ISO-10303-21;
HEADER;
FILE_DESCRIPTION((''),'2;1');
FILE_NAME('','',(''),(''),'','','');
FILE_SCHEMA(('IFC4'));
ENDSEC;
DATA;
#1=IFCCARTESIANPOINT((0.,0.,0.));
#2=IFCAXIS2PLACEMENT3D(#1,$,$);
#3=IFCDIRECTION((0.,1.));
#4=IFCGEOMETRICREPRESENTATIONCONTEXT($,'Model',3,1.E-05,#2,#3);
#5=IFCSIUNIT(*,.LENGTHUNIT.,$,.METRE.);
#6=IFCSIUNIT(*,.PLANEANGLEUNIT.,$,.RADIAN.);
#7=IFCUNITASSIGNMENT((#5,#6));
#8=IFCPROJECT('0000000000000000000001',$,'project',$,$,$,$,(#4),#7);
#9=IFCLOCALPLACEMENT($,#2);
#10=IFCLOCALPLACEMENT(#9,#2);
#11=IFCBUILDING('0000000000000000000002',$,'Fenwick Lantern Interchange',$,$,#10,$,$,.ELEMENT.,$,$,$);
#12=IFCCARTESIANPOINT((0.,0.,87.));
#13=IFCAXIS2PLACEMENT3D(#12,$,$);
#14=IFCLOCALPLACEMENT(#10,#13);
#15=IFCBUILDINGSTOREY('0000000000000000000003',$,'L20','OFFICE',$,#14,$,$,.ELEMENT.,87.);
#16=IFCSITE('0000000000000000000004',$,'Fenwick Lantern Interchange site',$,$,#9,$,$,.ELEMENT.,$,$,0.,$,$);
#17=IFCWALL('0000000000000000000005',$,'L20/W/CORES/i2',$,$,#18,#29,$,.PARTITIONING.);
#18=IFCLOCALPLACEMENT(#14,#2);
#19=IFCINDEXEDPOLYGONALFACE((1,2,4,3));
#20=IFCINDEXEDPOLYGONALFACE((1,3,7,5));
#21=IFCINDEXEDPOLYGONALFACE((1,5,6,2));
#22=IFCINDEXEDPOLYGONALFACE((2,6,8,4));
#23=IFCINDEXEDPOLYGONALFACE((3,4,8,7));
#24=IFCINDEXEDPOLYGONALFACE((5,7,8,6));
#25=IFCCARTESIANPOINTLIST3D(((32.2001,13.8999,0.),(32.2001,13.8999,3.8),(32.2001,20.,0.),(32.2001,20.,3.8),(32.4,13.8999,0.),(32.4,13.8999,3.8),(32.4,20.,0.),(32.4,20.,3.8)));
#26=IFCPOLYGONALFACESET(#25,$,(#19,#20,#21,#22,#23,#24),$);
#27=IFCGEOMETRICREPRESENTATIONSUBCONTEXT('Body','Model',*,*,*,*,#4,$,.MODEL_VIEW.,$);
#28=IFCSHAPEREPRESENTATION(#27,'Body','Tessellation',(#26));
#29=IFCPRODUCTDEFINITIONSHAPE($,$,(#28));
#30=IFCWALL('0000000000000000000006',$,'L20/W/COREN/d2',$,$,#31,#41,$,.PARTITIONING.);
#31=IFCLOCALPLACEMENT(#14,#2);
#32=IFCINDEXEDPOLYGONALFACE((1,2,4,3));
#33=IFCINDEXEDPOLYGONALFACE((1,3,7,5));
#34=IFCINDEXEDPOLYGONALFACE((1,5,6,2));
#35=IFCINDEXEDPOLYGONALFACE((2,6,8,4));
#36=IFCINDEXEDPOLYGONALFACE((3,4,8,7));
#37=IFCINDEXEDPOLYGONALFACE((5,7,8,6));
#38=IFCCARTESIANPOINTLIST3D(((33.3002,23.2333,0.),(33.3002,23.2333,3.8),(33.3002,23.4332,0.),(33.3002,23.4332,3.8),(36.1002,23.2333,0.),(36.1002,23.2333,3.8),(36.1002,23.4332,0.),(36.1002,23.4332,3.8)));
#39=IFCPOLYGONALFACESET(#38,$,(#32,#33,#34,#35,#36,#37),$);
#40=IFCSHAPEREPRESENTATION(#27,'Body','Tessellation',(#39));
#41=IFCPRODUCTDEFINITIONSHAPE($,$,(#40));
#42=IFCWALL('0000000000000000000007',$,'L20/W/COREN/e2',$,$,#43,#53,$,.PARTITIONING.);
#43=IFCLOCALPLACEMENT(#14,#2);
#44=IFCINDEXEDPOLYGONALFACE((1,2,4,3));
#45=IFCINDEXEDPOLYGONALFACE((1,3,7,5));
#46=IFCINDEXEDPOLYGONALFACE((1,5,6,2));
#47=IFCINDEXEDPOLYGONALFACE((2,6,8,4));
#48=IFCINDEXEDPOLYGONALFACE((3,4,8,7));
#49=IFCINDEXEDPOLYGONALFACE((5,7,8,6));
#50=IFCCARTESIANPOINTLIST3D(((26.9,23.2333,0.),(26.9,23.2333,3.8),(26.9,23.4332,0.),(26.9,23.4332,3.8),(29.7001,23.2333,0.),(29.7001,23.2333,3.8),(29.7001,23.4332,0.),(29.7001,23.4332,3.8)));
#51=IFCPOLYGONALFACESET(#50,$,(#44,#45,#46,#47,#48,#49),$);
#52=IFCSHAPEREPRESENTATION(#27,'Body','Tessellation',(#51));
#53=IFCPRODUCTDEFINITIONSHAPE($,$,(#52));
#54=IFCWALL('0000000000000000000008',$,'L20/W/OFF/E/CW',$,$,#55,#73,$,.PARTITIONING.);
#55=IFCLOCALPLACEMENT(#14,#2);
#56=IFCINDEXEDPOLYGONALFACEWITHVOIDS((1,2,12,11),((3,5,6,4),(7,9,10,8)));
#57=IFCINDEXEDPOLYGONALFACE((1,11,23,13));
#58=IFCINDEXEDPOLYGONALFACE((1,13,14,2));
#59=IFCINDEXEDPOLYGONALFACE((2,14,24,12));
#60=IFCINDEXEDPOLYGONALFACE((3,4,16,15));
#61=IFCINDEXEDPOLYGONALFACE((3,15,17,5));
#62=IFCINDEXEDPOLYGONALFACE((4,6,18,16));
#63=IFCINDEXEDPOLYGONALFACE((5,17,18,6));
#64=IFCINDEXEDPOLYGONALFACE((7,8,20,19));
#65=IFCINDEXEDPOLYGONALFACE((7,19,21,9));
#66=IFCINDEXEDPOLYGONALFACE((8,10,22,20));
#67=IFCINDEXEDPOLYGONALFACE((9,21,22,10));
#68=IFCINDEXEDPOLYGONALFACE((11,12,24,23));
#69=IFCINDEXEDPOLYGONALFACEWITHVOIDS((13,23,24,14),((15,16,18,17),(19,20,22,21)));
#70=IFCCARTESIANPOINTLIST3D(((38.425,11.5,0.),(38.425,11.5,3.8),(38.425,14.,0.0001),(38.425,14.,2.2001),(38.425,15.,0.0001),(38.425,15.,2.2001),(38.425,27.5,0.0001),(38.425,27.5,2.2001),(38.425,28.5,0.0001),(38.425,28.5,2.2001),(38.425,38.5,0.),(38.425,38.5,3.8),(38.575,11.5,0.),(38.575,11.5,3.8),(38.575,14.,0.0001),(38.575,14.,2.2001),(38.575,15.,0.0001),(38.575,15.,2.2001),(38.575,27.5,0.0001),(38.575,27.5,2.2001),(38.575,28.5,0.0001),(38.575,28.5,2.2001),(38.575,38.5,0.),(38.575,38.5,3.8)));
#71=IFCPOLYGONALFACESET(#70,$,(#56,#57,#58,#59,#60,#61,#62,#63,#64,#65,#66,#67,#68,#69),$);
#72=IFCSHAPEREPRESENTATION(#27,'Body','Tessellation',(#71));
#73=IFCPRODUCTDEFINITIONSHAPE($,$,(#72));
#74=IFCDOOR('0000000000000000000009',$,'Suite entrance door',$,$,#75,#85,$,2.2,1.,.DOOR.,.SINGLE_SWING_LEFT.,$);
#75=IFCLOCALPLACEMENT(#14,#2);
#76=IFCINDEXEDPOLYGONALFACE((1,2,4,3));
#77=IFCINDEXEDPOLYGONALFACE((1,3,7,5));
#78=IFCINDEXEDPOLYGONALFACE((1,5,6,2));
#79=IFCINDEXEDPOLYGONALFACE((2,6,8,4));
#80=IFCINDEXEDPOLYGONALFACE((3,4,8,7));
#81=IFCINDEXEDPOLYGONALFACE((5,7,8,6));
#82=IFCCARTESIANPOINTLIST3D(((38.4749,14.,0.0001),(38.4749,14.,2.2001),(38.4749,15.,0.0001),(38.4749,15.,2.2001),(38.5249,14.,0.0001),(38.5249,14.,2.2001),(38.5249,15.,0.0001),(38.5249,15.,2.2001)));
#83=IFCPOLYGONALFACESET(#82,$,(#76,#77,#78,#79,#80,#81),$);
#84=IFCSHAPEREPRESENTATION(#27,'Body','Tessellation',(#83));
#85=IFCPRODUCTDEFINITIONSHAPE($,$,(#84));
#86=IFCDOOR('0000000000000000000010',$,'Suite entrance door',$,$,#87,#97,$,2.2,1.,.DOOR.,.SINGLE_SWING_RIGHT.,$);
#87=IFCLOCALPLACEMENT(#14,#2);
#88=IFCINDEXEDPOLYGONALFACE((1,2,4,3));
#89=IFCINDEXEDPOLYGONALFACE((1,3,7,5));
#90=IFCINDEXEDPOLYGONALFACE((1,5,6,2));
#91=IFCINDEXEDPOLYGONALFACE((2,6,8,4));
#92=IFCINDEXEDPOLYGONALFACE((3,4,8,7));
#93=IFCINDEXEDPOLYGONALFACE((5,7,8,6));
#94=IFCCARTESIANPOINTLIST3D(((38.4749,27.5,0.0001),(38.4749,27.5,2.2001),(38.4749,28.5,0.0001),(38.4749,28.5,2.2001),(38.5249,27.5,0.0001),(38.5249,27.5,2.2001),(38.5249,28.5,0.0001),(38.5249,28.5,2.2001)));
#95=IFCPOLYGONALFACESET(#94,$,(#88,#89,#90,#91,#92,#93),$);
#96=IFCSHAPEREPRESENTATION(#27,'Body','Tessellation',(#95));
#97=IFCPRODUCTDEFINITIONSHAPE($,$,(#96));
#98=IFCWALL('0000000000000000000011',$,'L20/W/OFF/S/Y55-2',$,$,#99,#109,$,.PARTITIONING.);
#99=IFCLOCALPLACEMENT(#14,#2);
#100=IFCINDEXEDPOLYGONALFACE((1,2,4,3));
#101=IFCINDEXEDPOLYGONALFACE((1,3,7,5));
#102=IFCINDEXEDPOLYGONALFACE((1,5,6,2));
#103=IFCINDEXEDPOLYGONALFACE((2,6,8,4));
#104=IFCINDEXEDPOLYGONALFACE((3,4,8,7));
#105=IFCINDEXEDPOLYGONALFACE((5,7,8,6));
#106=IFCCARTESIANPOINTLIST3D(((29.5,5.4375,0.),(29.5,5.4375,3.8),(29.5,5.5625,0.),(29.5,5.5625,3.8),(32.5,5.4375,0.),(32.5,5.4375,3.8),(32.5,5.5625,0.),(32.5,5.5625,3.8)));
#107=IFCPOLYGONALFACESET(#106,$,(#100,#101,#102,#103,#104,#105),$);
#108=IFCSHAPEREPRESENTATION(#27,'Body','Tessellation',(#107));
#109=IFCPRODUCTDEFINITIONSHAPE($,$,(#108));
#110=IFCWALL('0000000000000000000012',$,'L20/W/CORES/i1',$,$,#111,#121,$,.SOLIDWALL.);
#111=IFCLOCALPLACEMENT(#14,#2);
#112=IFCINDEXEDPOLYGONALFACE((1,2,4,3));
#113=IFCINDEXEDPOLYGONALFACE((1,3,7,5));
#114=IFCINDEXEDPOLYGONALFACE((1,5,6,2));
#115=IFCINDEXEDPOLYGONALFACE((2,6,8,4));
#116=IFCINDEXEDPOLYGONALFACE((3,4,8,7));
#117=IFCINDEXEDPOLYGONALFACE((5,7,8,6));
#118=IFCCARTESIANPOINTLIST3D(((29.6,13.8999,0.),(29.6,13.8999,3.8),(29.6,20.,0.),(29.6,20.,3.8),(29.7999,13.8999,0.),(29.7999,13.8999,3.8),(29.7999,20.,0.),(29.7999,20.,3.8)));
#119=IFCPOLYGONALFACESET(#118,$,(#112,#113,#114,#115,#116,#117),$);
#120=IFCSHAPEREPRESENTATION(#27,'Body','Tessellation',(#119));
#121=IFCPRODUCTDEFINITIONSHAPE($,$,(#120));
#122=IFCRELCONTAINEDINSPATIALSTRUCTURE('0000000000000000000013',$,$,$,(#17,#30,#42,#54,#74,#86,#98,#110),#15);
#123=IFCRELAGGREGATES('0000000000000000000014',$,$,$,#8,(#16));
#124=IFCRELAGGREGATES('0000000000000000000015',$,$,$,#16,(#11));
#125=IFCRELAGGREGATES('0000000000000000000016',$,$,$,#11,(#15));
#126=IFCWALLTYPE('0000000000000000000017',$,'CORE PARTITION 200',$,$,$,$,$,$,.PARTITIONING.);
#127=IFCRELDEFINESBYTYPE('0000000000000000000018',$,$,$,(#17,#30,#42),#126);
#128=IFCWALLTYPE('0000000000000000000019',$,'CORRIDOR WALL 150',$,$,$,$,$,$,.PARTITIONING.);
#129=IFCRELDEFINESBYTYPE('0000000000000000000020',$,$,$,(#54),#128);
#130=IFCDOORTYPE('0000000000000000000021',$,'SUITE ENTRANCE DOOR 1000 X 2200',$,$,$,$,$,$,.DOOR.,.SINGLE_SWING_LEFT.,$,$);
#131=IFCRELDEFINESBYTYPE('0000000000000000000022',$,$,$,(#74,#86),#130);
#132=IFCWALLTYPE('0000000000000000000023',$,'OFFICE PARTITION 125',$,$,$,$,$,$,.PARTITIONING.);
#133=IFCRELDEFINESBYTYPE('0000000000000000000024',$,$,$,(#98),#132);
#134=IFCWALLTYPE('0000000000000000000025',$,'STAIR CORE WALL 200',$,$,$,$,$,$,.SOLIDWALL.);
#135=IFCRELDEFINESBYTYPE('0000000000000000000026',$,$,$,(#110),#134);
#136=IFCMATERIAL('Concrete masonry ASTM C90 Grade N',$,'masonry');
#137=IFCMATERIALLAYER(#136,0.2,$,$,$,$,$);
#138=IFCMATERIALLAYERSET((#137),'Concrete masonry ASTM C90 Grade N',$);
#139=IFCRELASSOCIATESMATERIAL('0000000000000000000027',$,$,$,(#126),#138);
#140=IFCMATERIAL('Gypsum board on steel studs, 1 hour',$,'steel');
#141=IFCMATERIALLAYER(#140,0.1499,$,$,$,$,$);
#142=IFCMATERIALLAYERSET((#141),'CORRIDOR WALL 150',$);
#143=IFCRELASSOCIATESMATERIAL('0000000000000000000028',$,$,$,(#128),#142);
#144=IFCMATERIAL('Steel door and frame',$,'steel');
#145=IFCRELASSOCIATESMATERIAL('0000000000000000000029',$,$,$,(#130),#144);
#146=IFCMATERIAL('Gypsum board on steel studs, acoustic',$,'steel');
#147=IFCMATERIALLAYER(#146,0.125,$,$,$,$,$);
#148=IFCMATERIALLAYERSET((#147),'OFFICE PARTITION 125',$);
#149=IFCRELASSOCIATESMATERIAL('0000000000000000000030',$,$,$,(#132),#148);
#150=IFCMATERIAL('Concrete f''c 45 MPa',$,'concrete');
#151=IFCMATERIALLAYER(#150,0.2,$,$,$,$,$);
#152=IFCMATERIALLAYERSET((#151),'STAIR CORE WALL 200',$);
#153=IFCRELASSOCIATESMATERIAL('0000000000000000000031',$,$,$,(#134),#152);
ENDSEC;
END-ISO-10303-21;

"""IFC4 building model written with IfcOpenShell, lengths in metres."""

from ifc_helpers import new_model, si_unit, direction, frame, frame_2d, origin, place, context, subcontext, project, spatial, rectangle, extrude, material, layer, layer_set, type_object, element, fill, save


model = new_model("IFC4")

# Units and contexts
model_context = context("Model", 3, precision=1e-05, world=origin(), true_north=direction((0.0, 1.0)))
body_context = subcontext(model_context, "Body", "Model", "MODEL_VIEW")
ifc_project = project(units=[si_unit("LENGTHUNIT", "METRE"), si_unit("PLANEANGLEUNIT", "RADIAN")], contexts=[model_context])

# Site, building, storey
site_placement = place(None, origin())
site = spatial("IfcSite", under=ifc_project, at=site_placement, Name="Fenwick Lantern Interchange site", CompositionType="ELEMENT", RefElevation=0.0)
building_placement = place(site_placement, origin())
building = spatial("IfcBuilding", under=site, at=building_placement, Name="Fenwick Lantern Interchange", CompositionType="ELEMENT")
storey_placement = place(building_placement, frame((0.0, 0.0, 87.0)))
storey = spatial("IfcBuildingStorey", under=building, at=storey_placement, Name="L20", Description="OFFICE", CompositionType="ELEMENT", Elevation=87.0)

# Walls
ifc_material_1 = material(Name="Concrete masonry ASTM C90 Grade N", Category="masonry")
ifc_layer_1 = layer(ifc_material_1, 0.2)
ifc_layer_set_1 = layer_set([ifc_layer_1], Name="Concrete masonry ASTM C90 Grade N")
wall_type_1 = type_object("IfcWallType", Name="CORE PARTITION 200", PredefinedType="PARTITIONING", material=ifc_layer_set_1)
wall_1_placement = place(storey_placement, frame((32.3, 13.8999, 0.0), z_axis=(0.0, 0.0, 1.0), x_axis=(0.0, 1.0, 0.0)))
element("IfcWall", 1, at=wall_1_placement, inside=storey, type_object=wall_type_1, Name="L20/W/CORES/i2", PredefinedType="PARTITIONING", context=body_context, shape_type="SweptSolid", body=[
    extrude(rectangle(XDim=6.1001, YDim=0.2, at=frame_2d((3.05, 0.0))), origin(), (0.0, 0.0, 1.0), 3.8),
])
for number, where, z_axis, x_axis, name in (
    (2, (36.1001, 23.3333, 0.0), (0.0, 0.0, 1.0), (-1.0, 0.0, 0.0), "L20/W/COREN/d2"),
    (3, (29.7, 23.3333, 0.0), (0.0, 0.0, 1.0), (-1.0, 0.0, 0.0), "L20/W/COREN/e2"),
):
    element("IfcWall", number, at=place(storey_placement, frame(where, z_axis=z_axis, x_axis=x_axis)), inside=storey, type_object=wall_type_1, Name=name, PredefinedType="PARTITIONING", context=body_context, shape_type="SweptSolid", body=[
        extrude(rectangle(XDim=2.8, YDim=0.2, at=frame_2d((1.3999, 0.0))), origin(), (0.0, 0.0, 1.0), 3.8),
    ])

# Wall, openings, doors
ifc_material_2 = material(Name="Steel door and frame", Category="steel")
ifc_material_3 = material(Name="Gypsum board on steel studs, 1 hour", Category="steel")
ifc_layer_2 = layer(ifc_material_3, 0.1499)
ifc_layer_set_2 = layer_set([ifc_layer_2], Name="CORRIDOR WALL 150")
wall_type_2 = type_object("IfcWallType", Name="CORRIDOR WALL 150", PredefinedType="PARTITIONING", material=ifc_layer_set_2)
wall_2_placement = place(storey_placement, frame((38.5, 11.5, 0.0), z_axis=(0.0, 0.0, 1.0), x_axis=(0.0, 1.0, 0.0)))
wall_2 = element("IfcWall", 4, at=wall_2_placement, inside=storey, type_object=wall_type_2, Name="L20/W/OFF/E/CW", PredefinedType="PARTITIONING", context=body_context, shape_type="SweptSolid", body=[
    extrude(rectangle(XDim=27.0, YDim=0.1499, at=frame_2d((13.5, 0.0))), origin(), (0.0, 0.0, 1.0), 3.8),
])
opening_1_placement = place(wall_2_placement, frame((2.5, 0.0, 0.0)))
opening_1 = element("IfcOpeningElement", 5, at=opening_1_placement, cuts=wall_2, PredefinedType="OPENING", context=body_context, shape_type="SweptSolid", body=[
    extrude(rectangle(XDim=1.0, YDim=2.2, at=frame_2d((0.5, 1.1001))), frame((0.0, 0.085, 0.0), z_axis=(0.0, -1.0, 0.0), x_axis=(1.0, 0.0, 0.0)), (0.0, 0.0, 1.0), 0.1699),
])
opening_2_placement = place(wall_2_placement, frame((16.0, 0.0, 0.0)))
opening_2 = element("IfcOpeningElement", 6, at=opening_2_placement, cuts=wall_2, PredefinedType="OPENING", context=body_context, shape_type="SweptSolid", body=[
    extrude(rectangle(XDim=1.0, YDim=2.2, at=frame_2d((0.5, 1.1001))), frame((0.0, 0.085, 0.0), z_axis=(0.0, -1.0, 0.0), x_axis=(1.0, 0.0, 0.0)), (0.0, 0.0, 1.0), 0.1699),
])
door_type_1 = type_object("IfcDoorType", Name="SUITE ENTRANCE DOOR 1000 X 2200", OperationType="SINGLE_SWING_LEFT", PredefinedType="DOOR", material=ifc_material_2)
door_1_placement = place(opening_1_placement, frame((1.0, 0.0, 0.0), z_axis=(0.0, 0.0, 1.0), x_axis=(-1.0, 0.0, 0.0)))
door_1 = element("IfcDoor", 7, at=door_1_placement, inside=storey, type_object=door_type_1, Name="Suite entrance door", OperationType="SINGLE_SWING_LEFT", OverallHeight=2.2, OverallWidth=1.0, PredefinedType="DOOR", context=body_context, shape_type="SweptSolid", body=[
    extrude(rectangle(XDim=1.0, YDim=2.2, at=frame_2d((0.5, 1.1001))), frame((0.0, 0.0249, 0.0), z_axis=(0.0, -1.0, 0.0), x_axis=(1.0, 0.0, 0.0)), (0.0, 0.0, 1.0), 0.05),
])
fill(opening_1, door_1)
door_2_placement = place(opening_2_placement, frame((1.0, 0.0, 0.0), z_axis=(0.0, 0.0, 1.0), x_axis=(-1.0, 0.0, 0.0)))
door_2 = element("IfcDoor", 8, at=door_2_placement, inside=storey, type_object=door_type_1, Name="Suite entrance door", OperationType="SINGLE_SWING_RIGHT", OverallHeight=2.2, OverallWidth=1.0, PredefinedType="DOOR", context=body_context, shape_type="SweptSolid", body=[
    extrude(rectangle(XDim=1.0, YDim=2.2, at=frame_2d((0.5, 1.1001))), frame((0.0, 0.0249, 0.0), z_axis=(0.0, -1.0, 0.0), x_axis=(1.0, 0.0, 0.0)), (0.0, 0.0, 1.0), 0.05),
])
fill(opening_2, door_2)

# Walls
ifc_material_4 = material(Name="Gypsum board on steel studs, acoustic", Category="steel")
ifc_layer_3 = layer(ifc_material_4, 0.125)
ifc_layer_set_3 = layer_set([ifc_layer_3], Name="OFFICE PARTITION 125")
wall_type_3 = type_object("IfcWallType", Name="OFFICE PARTITION 125", PredefinedType="PARTITIONING", material=ifc_layer_set_3)
wall_3_placement = place(storey_placement, frame((29.5, 5.5, 0.0), z_axis=(0.0, 0.0, 1.0), x_axis=(1.0, 0.0, 0.0)))
element("IfcWall", 9, at=wall_3_placement, inside=storey, type_object=wall_type_3, Name="L20/W/OFF/S/Y55-2", PredefinedType="PARTITIONING", context=body_context, shape_type="SweptSolid", body=[
    extrude(rectangle(XDim=3.0, YDim=0.125, at=frame_2d((1.5, 0.0))), origin(), (0.0, 0.0, 1.0), 3.8),
])
ifc_material_5 = material(Name="Concrete f'c 45 MPa", Category="concrete")
ifc_layer_4 = layer(ifc_material_5, 0.2)
ifc_layer_set_4 = layer_set([ifc_layer_4], Name="STAIR CORE WALL 200")
wall_type_4 = type_object("IfcWallType", Name="STAIR CORE WALL 200", PredefinedType="SOLIDWALL", material=ifc_layer_set_4)
wall_4_placement = place(storey_placement, frame((29.7, 13.8999, 0.0), z_axis=(0.0, 0.0, 1.0), x_axis=(0.0, 1.0, 0.0)))
element("IfcWall", 10, at=wall_4_placement, inside=storey, type_object=wall_type_4, Name="L20/W/CORES/i1", PredefinedType="SOLIDWALL", context=body_context, shape_type="SweptSolid", body=[
    extrude(rectangle(XDim=6.1001, YDim=0.2, at=frame_2d((3.05, 0.0))), origin(), (0.0, 0.0, 1.0), 3.8),
])

save(model, "model.ifc")
